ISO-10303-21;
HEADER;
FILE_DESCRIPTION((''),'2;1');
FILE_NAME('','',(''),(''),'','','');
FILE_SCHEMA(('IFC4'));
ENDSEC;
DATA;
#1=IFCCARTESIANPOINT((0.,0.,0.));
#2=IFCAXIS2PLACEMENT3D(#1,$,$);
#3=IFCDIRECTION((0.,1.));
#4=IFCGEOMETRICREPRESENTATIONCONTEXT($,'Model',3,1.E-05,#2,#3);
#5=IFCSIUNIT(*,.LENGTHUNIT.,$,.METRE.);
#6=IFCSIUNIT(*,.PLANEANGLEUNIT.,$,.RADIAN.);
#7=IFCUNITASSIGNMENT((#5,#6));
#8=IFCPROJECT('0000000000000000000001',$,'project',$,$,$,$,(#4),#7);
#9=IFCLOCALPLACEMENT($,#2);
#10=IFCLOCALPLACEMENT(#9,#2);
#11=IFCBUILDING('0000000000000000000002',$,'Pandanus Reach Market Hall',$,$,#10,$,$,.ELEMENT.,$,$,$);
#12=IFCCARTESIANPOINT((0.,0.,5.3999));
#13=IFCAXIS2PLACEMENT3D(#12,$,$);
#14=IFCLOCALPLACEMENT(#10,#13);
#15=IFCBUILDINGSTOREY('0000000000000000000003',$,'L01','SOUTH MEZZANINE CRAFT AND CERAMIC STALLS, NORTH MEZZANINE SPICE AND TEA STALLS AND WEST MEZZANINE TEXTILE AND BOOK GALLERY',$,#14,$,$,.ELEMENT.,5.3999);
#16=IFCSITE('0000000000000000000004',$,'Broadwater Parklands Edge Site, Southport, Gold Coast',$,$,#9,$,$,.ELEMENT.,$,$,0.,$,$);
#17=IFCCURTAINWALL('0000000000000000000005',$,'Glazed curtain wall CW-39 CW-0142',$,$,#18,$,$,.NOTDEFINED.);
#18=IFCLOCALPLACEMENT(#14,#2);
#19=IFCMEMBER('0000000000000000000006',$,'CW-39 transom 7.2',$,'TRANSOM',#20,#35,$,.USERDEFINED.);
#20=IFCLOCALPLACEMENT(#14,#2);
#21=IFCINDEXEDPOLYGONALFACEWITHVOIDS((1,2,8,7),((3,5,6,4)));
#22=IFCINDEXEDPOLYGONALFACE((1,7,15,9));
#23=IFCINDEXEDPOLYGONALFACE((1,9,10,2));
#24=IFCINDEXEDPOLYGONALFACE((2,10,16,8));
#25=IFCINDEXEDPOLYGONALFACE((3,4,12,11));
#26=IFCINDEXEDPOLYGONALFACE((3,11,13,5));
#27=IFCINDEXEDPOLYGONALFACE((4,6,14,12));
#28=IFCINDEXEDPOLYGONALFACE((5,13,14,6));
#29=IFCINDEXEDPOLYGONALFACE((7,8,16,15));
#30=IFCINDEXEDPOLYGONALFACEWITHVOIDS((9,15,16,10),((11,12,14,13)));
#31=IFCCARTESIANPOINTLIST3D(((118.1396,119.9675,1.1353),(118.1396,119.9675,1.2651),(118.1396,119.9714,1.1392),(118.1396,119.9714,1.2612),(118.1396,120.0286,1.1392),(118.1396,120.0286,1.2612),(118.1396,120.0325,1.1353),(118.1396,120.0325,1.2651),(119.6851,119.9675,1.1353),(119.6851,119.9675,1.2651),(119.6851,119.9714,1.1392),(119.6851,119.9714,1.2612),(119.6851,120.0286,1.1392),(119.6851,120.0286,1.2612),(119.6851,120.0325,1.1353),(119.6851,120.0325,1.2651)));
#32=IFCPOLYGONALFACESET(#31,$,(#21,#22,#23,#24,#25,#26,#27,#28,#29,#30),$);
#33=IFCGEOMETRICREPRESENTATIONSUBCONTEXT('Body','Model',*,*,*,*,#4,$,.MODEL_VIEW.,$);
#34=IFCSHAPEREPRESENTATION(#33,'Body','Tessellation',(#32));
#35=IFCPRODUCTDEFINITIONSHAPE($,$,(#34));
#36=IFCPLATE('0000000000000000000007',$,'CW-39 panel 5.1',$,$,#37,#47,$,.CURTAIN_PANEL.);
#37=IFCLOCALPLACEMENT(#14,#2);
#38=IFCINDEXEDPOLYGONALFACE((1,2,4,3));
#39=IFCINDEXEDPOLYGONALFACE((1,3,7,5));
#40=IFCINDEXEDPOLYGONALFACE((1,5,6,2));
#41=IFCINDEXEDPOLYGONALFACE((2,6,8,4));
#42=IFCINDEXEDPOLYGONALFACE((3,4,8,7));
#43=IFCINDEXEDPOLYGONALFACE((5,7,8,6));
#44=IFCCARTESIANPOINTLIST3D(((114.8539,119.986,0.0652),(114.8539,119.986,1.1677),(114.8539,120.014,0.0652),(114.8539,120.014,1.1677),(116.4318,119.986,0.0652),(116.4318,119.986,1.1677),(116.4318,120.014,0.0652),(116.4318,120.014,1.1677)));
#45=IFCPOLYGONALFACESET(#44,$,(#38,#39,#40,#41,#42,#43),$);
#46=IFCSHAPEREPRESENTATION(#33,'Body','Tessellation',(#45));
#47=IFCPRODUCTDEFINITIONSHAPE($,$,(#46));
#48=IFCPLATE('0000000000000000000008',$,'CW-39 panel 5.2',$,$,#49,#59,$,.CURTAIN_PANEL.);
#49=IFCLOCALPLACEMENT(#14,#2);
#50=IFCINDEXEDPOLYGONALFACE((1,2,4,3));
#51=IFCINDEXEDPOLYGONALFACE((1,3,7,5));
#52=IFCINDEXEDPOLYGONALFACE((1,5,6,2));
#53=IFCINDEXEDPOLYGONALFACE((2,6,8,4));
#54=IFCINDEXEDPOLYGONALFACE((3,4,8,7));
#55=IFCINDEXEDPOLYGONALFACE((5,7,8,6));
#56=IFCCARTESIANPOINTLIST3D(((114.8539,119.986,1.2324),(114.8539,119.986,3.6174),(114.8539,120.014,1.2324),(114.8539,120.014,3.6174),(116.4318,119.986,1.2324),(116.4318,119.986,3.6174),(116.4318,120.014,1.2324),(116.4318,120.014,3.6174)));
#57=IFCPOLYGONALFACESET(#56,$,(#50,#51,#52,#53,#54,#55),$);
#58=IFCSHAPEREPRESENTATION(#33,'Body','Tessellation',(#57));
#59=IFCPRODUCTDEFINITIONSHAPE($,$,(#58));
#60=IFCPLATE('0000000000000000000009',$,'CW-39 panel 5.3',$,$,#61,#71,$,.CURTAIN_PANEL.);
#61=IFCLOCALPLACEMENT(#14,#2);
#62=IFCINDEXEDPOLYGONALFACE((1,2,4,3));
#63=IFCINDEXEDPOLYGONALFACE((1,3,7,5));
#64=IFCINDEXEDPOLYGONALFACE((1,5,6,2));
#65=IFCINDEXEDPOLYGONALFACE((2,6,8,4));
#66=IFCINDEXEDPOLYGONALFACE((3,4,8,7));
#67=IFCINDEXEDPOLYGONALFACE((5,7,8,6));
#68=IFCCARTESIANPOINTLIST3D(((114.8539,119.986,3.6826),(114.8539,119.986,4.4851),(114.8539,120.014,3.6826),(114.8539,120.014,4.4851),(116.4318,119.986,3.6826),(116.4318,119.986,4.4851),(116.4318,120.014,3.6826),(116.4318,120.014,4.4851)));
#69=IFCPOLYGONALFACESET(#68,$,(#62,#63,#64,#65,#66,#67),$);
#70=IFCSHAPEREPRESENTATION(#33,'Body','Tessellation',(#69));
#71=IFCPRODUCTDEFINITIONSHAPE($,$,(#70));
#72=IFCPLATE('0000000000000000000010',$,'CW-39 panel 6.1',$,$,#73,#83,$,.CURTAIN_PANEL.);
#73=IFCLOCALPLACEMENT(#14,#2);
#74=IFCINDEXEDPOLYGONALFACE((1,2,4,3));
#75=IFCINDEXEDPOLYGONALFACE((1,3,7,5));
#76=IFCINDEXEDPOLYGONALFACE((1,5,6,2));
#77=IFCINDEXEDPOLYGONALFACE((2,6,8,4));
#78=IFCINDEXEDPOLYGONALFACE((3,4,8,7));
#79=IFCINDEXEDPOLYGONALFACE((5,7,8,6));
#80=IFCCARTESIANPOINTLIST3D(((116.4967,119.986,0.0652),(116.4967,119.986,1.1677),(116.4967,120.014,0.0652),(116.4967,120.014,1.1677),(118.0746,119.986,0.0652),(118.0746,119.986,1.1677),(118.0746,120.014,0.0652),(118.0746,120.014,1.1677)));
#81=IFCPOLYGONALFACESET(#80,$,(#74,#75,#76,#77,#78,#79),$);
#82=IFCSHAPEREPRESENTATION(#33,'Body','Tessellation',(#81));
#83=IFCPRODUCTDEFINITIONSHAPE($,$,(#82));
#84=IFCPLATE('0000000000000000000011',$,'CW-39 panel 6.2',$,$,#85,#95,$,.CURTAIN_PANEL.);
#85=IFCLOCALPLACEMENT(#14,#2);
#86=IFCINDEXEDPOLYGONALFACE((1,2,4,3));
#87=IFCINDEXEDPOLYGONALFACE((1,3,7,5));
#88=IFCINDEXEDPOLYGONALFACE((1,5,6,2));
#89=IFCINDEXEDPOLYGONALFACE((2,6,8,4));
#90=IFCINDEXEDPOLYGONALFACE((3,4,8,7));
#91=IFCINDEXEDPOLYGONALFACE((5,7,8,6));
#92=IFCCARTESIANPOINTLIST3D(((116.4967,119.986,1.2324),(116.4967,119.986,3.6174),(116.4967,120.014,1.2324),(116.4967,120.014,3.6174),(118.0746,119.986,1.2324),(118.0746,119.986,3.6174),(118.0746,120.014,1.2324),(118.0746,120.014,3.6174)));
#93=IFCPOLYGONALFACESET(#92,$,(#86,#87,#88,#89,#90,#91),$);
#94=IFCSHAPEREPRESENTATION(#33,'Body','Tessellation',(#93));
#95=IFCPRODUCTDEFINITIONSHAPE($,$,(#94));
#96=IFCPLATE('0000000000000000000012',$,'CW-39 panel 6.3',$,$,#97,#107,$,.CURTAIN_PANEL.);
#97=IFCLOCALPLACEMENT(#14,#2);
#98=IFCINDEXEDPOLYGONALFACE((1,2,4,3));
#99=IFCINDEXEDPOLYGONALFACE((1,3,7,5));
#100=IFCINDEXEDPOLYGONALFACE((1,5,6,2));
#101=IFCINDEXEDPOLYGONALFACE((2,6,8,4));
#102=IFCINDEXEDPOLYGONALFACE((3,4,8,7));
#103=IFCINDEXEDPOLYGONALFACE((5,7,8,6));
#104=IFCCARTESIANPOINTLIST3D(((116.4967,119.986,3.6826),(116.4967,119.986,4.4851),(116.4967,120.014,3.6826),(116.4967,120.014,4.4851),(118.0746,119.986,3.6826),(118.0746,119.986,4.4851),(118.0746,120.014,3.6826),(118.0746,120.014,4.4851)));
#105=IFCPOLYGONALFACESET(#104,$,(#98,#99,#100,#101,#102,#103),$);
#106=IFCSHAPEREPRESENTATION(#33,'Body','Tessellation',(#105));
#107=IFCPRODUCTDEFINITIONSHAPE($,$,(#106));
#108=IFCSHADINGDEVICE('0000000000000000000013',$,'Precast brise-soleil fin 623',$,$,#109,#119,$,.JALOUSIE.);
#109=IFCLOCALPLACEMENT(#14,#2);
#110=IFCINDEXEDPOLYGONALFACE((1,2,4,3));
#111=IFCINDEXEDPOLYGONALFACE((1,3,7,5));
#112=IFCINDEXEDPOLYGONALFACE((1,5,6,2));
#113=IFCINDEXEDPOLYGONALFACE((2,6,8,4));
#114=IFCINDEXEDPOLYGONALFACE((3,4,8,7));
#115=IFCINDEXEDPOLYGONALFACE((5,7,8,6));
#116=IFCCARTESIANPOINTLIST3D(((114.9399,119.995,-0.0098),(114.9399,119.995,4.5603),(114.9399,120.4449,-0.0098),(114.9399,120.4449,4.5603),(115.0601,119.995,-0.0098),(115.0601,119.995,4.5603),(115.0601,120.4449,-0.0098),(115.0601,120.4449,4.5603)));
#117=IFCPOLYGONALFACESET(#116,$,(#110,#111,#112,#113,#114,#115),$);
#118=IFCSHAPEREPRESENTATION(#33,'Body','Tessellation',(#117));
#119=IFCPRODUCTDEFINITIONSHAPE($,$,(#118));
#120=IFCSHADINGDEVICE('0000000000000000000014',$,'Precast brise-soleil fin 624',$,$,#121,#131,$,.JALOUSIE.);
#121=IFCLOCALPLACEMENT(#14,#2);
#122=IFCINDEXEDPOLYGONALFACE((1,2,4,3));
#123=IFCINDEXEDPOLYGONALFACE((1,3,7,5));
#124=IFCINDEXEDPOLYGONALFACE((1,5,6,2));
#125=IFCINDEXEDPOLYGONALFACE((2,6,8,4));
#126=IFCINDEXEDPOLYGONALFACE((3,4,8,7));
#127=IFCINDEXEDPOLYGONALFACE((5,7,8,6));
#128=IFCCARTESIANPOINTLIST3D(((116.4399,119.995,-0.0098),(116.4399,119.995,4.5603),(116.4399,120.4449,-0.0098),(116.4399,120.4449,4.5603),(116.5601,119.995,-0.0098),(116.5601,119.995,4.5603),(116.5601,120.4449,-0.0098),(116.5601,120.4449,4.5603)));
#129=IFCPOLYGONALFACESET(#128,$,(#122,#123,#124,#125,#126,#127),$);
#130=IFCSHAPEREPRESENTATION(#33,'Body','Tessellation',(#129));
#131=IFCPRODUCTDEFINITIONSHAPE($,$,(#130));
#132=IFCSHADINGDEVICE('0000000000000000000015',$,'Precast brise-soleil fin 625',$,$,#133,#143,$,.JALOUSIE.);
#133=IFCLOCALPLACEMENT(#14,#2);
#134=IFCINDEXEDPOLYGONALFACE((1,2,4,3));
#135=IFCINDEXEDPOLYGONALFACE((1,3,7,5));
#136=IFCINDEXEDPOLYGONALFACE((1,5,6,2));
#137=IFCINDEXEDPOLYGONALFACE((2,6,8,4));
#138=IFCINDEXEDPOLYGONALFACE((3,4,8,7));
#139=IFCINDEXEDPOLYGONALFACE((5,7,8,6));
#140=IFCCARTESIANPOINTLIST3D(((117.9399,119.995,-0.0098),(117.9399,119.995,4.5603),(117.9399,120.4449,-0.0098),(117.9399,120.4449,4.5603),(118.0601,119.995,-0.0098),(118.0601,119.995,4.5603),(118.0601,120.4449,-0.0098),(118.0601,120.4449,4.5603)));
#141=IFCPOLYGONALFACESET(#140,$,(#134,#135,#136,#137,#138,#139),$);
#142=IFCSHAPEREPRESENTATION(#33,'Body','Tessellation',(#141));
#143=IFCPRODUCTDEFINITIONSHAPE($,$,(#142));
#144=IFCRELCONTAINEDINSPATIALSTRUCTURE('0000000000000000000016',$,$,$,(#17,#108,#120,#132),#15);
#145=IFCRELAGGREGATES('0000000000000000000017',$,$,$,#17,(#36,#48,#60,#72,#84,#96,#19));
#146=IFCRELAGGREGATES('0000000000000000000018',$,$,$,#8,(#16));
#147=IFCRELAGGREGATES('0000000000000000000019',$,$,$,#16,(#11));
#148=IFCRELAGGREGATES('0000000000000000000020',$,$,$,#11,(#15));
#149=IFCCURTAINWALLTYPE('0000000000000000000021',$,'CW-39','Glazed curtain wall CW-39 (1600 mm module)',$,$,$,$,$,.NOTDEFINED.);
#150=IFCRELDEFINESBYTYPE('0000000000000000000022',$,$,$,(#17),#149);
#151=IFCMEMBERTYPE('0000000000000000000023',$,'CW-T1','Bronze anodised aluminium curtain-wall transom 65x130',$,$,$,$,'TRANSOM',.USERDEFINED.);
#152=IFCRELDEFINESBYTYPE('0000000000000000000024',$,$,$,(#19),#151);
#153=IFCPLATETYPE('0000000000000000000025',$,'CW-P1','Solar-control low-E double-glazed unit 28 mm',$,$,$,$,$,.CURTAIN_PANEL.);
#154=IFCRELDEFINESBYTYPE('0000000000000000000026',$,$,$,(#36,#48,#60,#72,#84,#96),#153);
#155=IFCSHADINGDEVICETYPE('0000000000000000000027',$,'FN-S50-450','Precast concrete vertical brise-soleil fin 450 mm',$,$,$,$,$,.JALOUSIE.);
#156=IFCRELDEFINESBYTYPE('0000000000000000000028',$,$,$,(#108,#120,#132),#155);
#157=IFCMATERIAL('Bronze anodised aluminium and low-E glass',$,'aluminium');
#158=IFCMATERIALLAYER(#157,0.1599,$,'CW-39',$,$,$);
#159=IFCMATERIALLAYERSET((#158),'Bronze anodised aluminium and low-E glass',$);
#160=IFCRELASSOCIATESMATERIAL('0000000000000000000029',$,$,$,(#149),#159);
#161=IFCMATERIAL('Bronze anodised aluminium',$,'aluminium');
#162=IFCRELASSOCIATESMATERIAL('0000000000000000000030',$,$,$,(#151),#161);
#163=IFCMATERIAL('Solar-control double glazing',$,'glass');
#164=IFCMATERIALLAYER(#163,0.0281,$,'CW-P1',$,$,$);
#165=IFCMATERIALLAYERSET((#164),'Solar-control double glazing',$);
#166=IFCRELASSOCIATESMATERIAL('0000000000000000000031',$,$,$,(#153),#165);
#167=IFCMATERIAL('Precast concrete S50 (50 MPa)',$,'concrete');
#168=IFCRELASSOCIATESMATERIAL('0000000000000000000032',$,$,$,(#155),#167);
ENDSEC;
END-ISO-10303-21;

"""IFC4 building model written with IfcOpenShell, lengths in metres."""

from ifc_helpers import new_model, si_unit, direction, frame, origin, origin_2d, place, context, subcontext, project, spatial, rectangle, hollow_rectangle, extrude, material, layer, layer_set, material_profile, profile_set, type_object, element, aggregate, save


model = new_model("IFC4")

# Units and contexts
model_context = context("Model", 3, precision=1e-05, world=origin(), true_north=direction((0.0, 1.0)))
body_context = subcontext(model_context, "Body", "Model", "MODEL_VIEW")
ifc_project = project(units=[si_unit("LENGTHUNIT", "METRE"), si_unit("PLANEANGLEUNIT", "RADIAN")], contexts=[model_context])

# Site, building, storey
site_placement = place(None, origin())
site = spatial("IfcSite", under=ifc_project, at=site_placement, Name="Broadwater Parklands Edge Site, Southport, Gold Coast", CompositionType="ELEMENT", RefElevation=0.0)
building_placement = place(site_placement, origin())
building = spatial("IfcBuilding", under=site, at=building_placement, Name="Pandanus Reach Market Hall", CompositionType="ELEMENT")
storey_placement = place(building_placement, frame((0.0, 0.0, 5.3999)))
storey = spatial("IfcBuildingStorey", under=building, at=storey_placement, Name="L01", Description="SOUTH MEZZANINE CRAFT AND CERAMIC STALLS, NORTH MEZZANINE SPICE AND TEA STALLS AND WEST MEZZANINE TEXTILE AND BOOK GALLERY", CompositionType="ELEMENT", Elevation=5.3999)

# Curtain wall, member, plates
ifc_material_1 = material(Name="Bronze anodised aluminium and low-E glass", Category="aluminium")
ifc_layer_1 = layer(ifc_material_1, 0.1599, Name="CW-39")
ifc_layer_set_1 = layer_set([ifc_layer_1], Name="Bronze anodised aluminium and low-E glass")
curtain_wall_type = type_object("IfcCurtainWallType", Name="CW-39", Description="Glazed curtain wall CW-39 (1600 mm module)", PredefinedType="NOTDEFINED", material=ifc_layer_set_1)
curtain_wall_placement = place(storey_placement, origin())
curtain_wall = element("IfcCurtainWall", 1, at=curtain_wall_placement, inside=storey, type_object=curtain_wall_type, Name="Glazed curtain wall CW-39 CW-0142", PredefinedType="NOTDEFINED")
ifc_material_2 = material(Name="Bronze anodised aluminium", Category="aluminium")
ifc_material_profile_1 = material_profile(ifc_material_2, hollow_rectangle(XDim=0.0649, YDim=0.1299, WallThickness=0.0039, at=origin_2d()), Name="ALU65x130", Category="LoadBearing")
ifc_profile_set_1 = profile_set([ifc_material_profile_1], Name="Bronze anodised aluminium")
member_type_1 = type_object("IfcMemberType", Name="CW-T1", Description="Bronze anodised aluminium curtain-wall transom 65x130", ElementType="TRANSOM", PredefinedType="USERDEFINED", material=ifc_profile_set_1)
member_1_placement = place(storey_placement, frame((118.1396, 120.0, 1.2002), z_axis=(1.0, 0.0, 0.0), x_axis=(0.0, 1.0, 0.0)))
member_1 = element("IfcMember", 2, at=member_1_placement, type_object=member_type_1, Name="CW-39 transom 7.2", ObjectType="TRANSOM", PredefinedType="USERDEFINED", context=body_context, shape_type="SweptSolid", body=[
    extrude(hollow_rectangle(XDim=0.0649, YDim=0.1299, WallThickness=0.0039, at=origin_2d()), origin(), (0.0, 0.0, 1.0), 1.5454),
])
ifc_material_3 = material(Name="Solar-control double glazing", Category="glass")
ifc_layer_2 = layer(ifc_material_3, 0.0281, Name="CW-P1")
ifc_layer_set_2 = layer_set([ifc_layer_2], Name="Solar-control double glazing")
plate_type = type_object("IfcPlateType", Name="CW-P1", Description="Solar-control low-E double-glazed unit 28 mm", PredefinedType="CURTAIN_PANEL", material=ifc_layer_set_2)
plate_1_placement = place(storey_placement, frame((115.6428, 120.0, 0.0652), z_axis=(0.0, 0.0, 1.0), x_axis=(1.0, 0.0, 0.0)))
plate_1 = element("IfcPlate", 3, at=plate_1_placement, type_object=plate_type, Name="CW-39 panel 5.1", PredefinedType="CURTAIN_PANEL", context=body_context, shape_type="SweptSolid", body=[
    extrude(rectangle(XDim=1.5779, YDim=0.0281, at=origin_2d()), origin(), (0.0, 0.0, 1.0), 1.1025),
])
plate_2_placement = place(storey_placement, frame((115.6428, 120.0, 1.2324), z_axis=(0.0, 0.0, 1.0), x_axis=(1.0, 0.0, 0.0)))
plate_2 = element("IfcPlate", 4, at=plate_2_placement, type_object=plate_type, Name="CW-39 panel 5.2", PredefinedType="CURTAIN_PANEL", context=body_context, shape_type="SweptSolid", body=[
    extrude(rectangle(XDim=1.5779, YDim=0.0281, at=origin_2d()), origin(), (0.0, 0.0, 1.0), 2.385),
])
plate_3_placement = place(storey_placement, frame((115.6428, 120.0, 3.6826), z_axis=(0.0, 0.0, 1.0), x_axis=(1.0, 0.0, 0.0)))
plate_3 = element("IfcPlate", 5, at=plate_3_placement, type_object=plate_type, Name="CW-39 panel 5.3", PredefinedType="CURTAIN_PANEL", context=body_context, shape_type="SweptSolid", body=[
    extrude(rectangle(XDim=1.5779, YDim=0.0281, at=origin_2d()), origin(), (0.0, 0.0, 1.0), 0.8025),
])
plate_4_placement = place(storey_placement, frame((117.2856, 120.0, 0.0652), z_axis=(0.0, 0.0, 1.0), x_axis=(1.0, 0.0, 0.0)))
plate_4 = element("IfcPlate", 6, at=plate_4_placement, type_object=plate_type, Name="CW-39 panel 6.1", PredefinedType="CURTAIN_PANEL", context=body_context, shape_type="SweptSolid", body=[
    extrude(rectangle(XDim=1.5779, YDim=0.0281, at=origin_2d()), origin(), (0.0, 0.0, 1.0), 1.1025),
])
plate_5_placement = place(storey_placement, frame((117.2856, 120.0, 1.2324), z_axis=(0.0, 0.0, 1.0), x_axis=(1.0, 0.0, 0.0)))
plate_5 = element("IfcPlate", 7, at=plate_5_placement, type_object=plate_type, Name="CW-39 panel 6.2", PredefinedType="CURTAIN_PANEL", context=body_context, shape_type="SweptSolid", body=[
    extrude(rectangle(XDim=1.5779, YDim=0.0281, at=origin_2d()), origin(), (0.0, 0.0, 1.0), 2.385),
])
plate_6_placement = place(storey_placement, frame((117.2856, 120.0, 3.6826), z_axis=(0.0, 0.0, 1.0), x_axis=(1.0, 0.0, 0.0)))
plate_6 = element("IfcPlate", 8, at=plate_6_placement, type_object=plate_type, Name="CW-39 panel 6.3", PredefinedType="CURTAIN_PANEL", context=body_context, shape_type="SweptSolid", body=[
    extrude(rectangle(XDim=1.5779, YDim=0.0281, at=origin_2d()), origin(), (0.0, 0.0, 1.0), 0.8025),
])
aggregate(curtain_wall, [plate_1, plate_2, plate_3, plate_4, plate_5, plate_6, member_1])

# Shading devices
ifc_material_4 = material(Name="Precast concrete S50 (50 MPa)", Category="concrete")
shading_device_type = type_object("IfcShadingDeviceType", Name="FN-S50-450", Description="Precast concrete vertical brise-soleil fin 450 mm", PredefinedType="JALOUSIE", material=ifc_material_4)
for number, where, z_axis, x_axis, name in (
    (9, (115.0, 120.22, -0.0098), (0.0, 0.0, 1.0), (0.0, 1.0, 0.0), "Precast brise-soleil fin 623"),
    (10, (116.5, 120.22, -0.0098), (0.0, 0.0, 1.0), (0.0, 1.0, 0.0), "Precast brise-soleil fin 624"),
    (11, (118.0, 120.22, -0.0098), (0.0, 0.0, 1.0), (0.0, 1.0, 0.0), "Precast brise-soleil fin 625"),
):
    element("IfcShadingDevice", number, at=place(storey_placement, frame(where, z_axis=z_axis, x_axis=x_axis)), inside=storey, type_object=shading_device_type, Name=name, PredefinedType="JALOUSIE", context=body_context, shape_type="SweptSolid", body=[
        extrude(rectangle(XDim=0.45, YDim=0.1201, at=origin_2d()), origin(), (0.0, 0.0, 1.0), 4.5701),
    ])

save(model, "model.ifc")
